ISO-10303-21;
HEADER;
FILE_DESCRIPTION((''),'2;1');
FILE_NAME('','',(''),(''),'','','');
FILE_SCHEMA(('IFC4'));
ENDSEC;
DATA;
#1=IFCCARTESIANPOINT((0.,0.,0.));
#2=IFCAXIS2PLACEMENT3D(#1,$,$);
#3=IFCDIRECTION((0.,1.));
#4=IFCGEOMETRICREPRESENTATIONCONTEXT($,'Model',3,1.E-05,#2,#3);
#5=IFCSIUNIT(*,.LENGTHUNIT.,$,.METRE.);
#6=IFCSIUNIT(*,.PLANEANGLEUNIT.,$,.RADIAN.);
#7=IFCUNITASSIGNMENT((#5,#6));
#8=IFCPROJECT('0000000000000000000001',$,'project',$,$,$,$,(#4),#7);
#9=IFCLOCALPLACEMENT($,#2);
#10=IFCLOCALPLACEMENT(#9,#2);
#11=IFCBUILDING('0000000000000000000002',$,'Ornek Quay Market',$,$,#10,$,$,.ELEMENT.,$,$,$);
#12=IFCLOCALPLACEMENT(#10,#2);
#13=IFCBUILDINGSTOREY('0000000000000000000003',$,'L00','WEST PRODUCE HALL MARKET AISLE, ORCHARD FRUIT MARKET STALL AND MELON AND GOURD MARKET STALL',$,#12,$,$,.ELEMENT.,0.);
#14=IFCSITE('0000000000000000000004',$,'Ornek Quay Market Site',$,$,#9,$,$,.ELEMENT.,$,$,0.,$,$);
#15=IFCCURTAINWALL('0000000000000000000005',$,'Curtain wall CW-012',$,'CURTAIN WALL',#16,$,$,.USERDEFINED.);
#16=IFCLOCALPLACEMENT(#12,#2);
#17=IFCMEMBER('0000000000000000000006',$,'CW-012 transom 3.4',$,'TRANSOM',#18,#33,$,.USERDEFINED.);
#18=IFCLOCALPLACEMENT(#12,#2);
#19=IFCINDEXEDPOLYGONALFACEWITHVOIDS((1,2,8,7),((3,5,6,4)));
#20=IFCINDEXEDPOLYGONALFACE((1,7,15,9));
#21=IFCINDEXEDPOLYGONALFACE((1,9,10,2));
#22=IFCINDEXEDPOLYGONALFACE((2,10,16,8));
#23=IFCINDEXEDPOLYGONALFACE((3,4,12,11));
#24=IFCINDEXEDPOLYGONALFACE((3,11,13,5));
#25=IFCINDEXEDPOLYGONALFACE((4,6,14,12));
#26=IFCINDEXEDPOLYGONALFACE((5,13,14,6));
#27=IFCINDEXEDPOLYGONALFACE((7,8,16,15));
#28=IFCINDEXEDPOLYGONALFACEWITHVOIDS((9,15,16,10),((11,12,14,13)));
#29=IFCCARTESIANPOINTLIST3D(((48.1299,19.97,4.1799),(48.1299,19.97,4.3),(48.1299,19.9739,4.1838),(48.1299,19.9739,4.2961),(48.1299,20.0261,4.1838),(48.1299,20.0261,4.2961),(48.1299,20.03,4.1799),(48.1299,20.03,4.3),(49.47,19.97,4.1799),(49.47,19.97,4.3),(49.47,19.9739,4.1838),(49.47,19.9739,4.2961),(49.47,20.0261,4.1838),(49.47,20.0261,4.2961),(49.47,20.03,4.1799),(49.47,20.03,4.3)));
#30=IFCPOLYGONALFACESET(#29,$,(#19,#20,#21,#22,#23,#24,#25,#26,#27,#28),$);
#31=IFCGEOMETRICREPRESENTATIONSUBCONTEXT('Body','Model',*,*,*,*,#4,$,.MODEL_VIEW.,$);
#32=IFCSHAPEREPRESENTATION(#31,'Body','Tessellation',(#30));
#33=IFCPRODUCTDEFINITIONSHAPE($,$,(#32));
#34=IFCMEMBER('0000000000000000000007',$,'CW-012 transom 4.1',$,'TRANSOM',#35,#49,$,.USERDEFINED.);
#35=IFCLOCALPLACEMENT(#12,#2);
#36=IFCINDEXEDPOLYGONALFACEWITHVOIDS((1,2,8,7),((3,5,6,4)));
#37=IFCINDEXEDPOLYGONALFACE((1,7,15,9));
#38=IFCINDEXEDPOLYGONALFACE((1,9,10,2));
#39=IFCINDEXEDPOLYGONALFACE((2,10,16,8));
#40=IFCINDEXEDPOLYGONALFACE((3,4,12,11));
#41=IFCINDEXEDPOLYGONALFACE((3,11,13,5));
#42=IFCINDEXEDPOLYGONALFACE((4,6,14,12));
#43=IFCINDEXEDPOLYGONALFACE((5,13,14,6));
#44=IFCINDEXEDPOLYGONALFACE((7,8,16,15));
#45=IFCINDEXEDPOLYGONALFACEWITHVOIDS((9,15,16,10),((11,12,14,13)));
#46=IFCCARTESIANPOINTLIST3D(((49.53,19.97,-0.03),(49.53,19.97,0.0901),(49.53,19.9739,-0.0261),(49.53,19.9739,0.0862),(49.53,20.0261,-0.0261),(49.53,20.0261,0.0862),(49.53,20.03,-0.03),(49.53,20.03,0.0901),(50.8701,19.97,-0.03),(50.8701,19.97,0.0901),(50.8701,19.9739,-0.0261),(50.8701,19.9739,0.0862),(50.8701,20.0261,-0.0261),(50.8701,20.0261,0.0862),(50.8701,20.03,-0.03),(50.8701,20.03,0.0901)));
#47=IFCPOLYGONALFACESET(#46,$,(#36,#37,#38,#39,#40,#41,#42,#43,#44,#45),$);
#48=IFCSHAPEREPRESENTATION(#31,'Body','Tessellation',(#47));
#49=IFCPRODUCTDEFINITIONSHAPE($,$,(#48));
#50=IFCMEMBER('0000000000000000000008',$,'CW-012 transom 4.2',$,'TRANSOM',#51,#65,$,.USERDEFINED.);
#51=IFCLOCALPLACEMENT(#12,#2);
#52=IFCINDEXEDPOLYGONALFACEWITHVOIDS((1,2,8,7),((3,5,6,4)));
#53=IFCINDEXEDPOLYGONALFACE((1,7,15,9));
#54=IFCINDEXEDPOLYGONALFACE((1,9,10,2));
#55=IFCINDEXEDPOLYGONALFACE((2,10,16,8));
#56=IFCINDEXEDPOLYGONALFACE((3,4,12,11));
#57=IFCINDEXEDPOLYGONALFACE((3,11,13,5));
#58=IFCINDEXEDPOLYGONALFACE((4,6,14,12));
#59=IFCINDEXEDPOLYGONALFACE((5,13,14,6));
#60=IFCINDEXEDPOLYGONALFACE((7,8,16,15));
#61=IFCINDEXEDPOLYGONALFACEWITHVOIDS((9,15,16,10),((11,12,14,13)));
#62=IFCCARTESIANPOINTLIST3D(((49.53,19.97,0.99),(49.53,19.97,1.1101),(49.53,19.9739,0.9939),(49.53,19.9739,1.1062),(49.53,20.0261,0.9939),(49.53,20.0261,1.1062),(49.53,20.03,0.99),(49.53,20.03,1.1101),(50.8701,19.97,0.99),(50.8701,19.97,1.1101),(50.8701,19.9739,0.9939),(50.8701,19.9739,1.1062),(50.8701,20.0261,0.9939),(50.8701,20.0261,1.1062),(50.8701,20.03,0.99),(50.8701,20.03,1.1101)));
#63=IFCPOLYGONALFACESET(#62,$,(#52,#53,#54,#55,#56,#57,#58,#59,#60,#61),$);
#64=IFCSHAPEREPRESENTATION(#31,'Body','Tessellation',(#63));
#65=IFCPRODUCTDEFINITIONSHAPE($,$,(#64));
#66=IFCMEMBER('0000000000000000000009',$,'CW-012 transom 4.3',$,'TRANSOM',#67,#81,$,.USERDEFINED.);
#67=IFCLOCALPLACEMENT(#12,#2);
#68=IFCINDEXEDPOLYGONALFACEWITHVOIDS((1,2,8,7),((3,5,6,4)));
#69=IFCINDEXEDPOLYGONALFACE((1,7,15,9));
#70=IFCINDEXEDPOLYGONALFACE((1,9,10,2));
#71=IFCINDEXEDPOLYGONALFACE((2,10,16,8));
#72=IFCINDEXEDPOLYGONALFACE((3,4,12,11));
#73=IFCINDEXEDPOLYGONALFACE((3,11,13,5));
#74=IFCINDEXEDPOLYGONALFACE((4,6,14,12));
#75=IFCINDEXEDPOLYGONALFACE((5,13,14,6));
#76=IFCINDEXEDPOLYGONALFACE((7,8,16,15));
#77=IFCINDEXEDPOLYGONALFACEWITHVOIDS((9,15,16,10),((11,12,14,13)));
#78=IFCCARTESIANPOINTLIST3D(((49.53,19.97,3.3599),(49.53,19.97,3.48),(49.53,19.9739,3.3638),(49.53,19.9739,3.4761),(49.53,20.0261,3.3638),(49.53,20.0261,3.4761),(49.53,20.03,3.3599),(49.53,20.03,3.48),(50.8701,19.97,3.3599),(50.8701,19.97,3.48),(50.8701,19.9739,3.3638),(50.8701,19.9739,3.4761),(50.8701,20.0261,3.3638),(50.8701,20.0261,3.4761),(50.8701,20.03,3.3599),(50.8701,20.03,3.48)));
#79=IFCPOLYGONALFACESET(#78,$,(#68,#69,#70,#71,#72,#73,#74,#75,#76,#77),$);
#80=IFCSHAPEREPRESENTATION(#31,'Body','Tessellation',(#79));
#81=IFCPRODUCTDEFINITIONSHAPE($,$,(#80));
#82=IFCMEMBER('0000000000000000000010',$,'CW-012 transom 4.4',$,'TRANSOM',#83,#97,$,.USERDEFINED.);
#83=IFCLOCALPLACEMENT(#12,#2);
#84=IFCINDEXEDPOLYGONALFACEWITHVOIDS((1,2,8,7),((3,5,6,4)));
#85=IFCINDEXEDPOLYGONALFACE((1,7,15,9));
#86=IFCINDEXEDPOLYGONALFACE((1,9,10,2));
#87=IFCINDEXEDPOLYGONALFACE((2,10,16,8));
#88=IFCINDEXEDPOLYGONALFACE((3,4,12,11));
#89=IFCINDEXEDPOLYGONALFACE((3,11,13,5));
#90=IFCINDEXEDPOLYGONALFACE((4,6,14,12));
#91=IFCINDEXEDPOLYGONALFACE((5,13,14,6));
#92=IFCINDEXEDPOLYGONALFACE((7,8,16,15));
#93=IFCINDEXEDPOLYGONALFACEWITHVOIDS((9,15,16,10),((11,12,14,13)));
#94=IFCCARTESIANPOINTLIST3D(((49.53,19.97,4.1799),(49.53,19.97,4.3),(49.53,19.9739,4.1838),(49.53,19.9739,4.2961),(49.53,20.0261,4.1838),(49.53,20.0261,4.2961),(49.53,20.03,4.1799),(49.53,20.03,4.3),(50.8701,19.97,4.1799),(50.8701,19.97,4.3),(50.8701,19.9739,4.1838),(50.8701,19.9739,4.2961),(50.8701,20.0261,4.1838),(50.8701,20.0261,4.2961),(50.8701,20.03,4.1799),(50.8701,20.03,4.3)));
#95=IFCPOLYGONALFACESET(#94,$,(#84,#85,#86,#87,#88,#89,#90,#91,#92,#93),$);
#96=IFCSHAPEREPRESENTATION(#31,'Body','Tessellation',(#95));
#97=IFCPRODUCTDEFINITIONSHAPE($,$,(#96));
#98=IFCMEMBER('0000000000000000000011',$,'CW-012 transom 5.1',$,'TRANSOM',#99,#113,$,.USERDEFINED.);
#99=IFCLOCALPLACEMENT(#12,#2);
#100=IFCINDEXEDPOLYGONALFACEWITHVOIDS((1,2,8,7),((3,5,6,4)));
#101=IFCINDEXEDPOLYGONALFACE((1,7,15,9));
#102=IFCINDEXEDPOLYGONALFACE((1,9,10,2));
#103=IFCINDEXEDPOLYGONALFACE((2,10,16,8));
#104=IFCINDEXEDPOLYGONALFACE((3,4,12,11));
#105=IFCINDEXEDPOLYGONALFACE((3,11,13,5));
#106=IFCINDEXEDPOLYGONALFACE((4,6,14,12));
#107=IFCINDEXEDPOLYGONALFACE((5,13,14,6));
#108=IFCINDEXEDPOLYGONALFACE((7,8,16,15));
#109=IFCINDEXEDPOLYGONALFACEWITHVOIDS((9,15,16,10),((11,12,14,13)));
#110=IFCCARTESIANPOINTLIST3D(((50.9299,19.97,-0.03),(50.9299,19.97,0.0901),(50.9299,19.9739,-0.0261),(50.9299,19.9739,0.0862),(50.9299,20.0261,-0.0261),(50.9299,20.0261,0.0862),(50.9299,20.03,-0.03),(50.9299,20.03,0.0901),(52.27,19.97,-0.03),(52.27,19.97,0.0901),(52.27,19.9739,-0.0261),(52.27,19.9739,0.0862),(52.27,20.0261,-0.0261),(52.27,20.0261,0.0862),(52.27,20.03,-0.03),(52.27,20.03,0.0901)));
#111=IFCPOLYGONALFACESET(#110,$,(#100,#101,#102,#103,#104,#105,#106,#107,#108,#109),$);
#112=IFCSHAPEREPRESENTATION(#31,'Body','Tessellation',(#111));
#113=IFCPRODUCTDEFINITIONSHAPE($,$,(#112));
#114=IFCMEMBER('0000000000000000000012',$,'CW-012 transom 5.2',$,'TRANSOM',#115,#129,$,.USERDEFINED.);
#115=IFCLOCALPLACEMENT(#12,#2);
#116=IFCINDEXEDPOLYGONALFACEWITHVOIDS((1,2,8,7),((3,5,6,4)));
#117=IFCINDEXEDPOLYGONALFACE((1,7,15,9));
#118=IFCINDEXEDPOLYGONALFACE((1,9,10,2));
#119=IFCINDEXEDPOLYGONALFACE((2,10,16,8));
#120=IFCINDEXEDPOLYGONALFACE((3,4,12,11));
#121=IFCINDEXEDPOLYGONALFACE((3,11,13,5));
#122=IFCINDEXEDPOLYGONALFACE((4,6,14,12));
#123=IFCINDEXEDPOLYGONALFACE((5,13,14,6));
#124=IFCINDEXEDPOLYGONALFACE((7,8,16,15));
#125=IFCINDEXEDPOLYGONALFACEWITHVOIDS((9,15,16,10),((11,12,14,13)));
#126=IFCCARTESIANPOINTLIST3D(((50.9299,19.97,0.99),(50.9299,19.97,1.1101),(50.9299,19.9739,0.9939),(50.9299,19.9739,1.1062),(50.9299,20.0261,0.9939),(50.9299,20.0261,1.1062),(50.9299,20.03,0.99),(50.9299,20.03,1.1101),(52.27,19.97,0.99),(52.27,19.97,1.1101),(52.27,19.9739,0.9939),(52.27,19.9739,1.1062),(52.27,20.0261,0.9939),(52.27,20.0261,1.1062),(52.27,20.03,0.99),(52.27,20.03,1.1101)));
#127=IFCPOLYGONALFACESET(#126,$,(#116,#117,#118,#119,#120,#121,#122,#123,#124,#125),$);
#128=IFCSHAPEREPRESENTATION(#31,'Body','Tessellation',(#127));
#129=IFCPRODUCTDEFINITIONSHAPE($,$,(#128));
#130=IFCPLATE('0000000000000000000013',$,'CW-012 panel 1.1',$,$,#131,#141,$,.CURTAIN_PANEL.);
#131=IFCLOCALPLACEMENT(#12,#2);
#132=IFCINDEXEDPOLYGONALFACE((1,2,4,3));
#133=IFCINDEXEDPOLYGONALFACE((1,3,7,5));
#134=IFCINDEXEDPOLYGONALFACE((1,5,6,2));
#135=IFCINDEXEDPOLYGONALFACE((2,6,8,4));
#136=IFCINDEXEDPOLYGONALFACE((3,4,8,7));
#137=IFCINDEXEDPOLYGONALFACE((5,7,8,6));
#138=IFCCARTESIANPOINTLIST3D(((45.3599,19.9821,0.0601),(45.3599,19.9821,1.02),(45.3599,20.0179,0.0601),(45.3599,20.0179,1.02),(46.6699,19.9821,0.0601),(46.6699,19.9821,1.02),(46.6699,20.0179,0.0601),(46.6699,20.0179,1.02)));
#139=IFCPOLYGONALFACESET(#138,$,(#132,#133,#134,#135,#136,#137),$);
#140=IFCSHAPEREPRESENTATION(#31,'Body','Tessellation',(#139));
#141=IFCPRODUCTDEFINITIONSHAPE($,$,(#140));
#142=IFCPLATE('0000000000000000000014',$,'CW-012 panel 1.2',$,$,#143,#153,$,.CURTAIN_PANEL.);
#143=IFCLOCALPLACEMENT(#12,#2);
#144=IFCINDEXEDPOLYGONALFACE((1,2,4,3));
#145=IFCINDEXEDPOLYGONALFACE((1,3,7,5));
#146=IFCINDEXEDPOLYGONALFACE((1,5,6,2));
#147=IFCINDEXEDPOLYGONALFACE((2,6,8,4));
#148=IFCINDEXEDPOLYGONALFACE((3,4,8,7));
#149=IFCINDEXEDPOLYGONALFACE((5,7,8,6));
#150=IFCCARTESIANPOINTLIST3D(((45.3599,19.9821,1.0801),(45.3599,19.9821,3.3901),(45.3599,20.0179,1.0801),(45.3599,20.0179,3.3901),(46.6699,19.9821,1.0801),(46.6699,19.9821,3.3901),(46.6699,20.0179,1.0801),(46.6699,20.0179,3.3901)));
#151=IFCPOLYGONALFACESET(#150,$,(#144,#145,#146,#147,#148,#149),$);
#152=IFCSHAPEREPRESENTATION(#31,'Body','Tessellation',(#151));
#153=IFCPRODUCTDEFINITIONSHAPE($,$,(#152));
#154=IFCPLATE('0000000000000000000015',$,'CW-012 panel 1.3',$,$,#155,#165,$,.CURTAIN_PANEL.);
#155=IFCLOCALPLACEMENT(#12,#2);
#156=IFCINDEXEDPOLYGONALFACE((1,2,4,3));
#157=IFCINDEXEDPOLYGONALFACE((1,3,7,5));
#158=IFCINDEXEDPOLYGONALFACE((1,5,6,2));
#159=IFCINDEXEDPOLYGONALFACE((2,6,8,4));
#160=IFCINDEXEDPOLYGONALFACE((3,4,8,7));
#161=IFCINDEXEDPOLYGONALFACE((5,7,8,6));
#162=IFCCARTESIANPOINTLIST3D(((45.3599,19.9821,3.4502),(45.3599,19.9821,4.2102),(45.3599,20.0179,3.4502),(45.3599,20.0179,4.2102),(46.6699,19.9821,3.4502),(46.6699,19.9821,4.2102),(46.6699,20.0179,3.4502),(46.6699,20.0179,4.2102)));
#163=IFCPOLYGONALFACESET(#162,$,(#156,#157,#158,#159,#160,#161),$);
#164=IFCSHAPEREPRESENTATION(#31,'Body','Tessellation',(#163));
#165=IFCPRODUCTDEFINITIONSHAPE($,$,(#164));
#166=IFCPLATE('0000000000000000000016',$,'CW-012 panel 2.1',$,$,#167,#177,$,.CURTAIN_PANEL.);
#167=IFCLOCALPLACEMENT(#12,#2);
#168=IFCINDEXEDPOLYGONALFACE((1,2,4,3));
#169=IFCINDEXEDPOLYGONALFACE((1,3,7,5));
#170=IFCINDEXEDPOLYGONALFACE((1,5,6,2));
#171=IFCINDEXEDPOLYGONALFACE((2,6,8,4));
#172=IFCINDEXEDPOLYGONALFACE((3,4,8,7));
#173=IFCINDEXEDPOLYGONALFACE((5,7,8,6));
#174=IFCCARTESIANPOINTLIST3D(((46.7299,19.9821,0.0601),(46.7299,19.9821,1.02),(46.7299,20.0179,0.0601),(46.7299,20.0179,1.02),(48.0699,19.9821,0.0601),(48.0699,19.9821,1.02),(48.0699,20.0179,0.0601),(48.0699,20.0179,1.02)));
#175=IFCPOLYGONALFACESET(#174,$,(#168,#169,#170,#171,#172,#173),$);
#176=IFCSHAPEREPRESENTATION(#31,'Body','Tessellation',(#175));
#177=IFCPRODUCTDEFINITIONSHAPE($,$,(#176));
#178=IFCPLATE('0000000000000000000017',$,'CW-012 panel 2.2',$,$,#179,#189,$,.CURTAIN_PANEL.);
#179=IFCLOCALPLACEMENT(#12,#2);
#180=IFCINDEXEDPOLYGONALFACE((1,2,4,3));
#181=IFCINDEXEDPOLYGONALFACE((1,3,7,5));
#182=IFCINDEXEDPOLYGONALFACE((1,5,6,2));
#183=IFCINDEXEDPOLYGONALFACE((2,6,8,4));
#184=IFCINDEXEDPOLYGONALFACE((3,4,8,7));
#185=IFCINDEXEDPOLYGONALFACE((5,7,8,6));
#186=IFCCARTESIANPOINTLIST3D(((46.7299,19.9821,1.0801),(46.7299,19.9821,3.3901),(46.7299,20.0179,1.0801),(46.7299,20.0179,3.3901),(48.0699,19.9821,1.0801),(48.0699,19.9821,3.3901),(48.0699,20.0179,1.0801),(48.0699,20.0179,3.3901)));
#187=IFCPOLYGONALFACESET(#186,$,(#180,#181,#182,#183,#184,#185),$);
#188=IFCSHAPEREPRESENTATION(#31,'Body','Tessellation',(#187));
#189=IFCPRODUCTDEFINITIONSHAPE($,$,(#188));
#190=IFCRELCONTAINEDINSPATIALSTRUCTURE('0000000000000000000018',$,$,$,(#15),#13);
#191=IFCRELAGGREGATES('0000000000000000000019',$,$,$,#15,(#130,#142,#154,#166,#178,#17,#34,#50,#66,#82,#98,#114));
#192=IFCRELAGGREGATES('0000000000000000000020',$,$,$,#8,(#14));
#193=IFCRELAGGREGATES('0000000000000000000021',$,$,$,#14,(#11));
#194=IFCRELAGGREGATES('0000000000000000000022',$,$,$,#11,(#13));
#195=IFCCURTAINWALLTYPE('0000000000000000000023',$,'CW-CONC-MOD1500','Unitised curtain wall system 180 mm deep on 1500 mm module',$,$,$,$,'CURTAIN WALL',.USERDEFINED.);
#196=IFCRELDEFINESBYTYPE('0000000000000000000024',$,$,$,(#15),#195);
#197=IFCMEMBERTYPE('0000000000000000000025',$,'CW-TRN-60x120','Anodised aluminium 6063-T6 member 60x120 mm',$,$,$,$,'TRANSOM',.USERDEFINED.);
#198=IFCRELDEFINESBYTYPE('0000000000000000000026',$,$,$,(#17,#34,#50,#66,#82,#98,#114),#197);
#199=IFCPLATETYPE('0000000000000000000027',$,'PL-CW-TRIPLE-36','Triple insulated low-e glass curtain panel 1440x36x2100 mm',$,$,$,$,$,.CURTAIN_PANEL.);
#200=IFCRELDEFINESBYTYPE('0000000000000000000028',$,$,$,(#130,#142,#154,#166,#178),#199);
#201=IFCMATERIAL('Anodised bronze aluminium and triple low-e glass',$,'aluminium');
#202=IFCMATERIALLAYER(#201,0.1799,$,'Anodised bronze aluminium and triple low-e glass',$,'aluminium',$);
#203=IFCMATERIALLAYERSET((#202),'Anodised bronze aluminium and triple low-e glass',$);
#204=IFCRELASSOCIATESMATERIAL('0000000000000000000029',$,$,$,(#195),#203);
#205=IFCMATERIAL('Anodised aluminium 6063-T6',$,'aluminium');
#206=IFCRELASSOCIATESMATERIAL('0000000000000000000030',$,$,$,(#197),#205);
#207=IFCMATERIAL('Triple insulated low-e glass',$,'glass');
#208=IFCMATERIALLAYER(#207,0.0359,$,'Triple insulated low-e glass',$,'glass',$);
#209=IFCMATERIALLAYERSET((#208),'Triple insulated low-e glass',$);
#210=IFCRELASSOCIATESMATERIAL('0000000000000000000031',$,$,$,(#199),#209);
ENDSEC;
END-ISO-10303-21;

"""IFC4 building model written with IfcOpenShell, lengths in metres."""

from ifc_helpers import new_model, si_unit, direction, frame, origin, origin_2d, place, context, subcontext, project, spatial, rectangle, hollow_rectangle, extrude, material, layer, layer_set, material_profile, profile_set, type_object, element, aggregate, save


model = new_model("IFC4")

# Units and contexts
model_context = context("Model", 3, precision=1e-05, world=origin(), true_north=direction((0.0, 1.0)))
body_context = subcontext(model_context, "Body", "Model", "MODEL_VIEW")
ifc_project = project(units=[si_unit("LENGTHUNIT", "METRE"), si_unit("PLANEANGLEUNIT", "RADIAN")], contexts=[model_context])

# Site, building, storey
site_placement = place(None, origin())
site = spatial("IfcSite", under=ifc_project, at=site_placement, Name="Ornek Quay Market Site", CompositionType="ELEMENT", RefElevation=0.0)
building_placement = place(site_placement, origin())
building = spatial("IfcBuilding", under=site, at=building_placement, Name="Ornek Quay Market", CompositionType="ELEMENT")
storey_placement = place(building_placement, origin())
storey = spatial("IfcBuildingStorey", under=building, at=storey_placement, Name="L00", Description="WEST PRODUCE HALL MARKET AISLE, ORCHARD FRUIT MARKET STALL AND MELON AND GOURD MARKET STALL", CompositionType="ELEMENT", Elevation=0.0)

# Curtain wall, members, plates
ifc_material_1 = material(Name="Anodised bronze aluminium and triple low-e glass", Category="aluminium")
ifc_layer_1 = layer(ifc_material_1, 0.1799, Name="Anodised bronze aluminium and triple low-e glass", Category="aluminium")
ifc_layer_set_1 = layer_set([ifc_layer_1], Name="Anodised bronze aluminium and triple low-e glass")
curtain_wall_type = type_object("IfcCurtainWallType", Name="CW-CONC-MOD1500", Description="Unitised curtain wall system 180 mm deep on 1500 mm module", ElementType="CURTAIN WALL", PredefinedType="USERDEFINED", material=ifc_layer_set_1)
curtain_wall_placement = place(storey_placement, origin())
curtain_wall = element("IfcCurtainWall", 1, at=curtain_wall_placement, inside=storey, type_object=curtain_wall_type, Name="Curtain wall CW-012", ObjectType="CURTAIN WALL", PredefinedType="USERDEFINED")
ifc_material_2 = material(Name="Anodised aluminium 6063-T6", Category="aluminium")
ifc_material_profile_1 = material_profile(ifc_material_2, hollow_rectangle(XDim=0.0601, YDim=0.1201, WallThickness=0.0039, at=origin_2d()), Name="CW-TRN-60x120", Category="aluminium")
ifc_profile_set_1 = profile_set([ifc_material_profile_1], Name="Anodised aluminium 6063-T6")
member_type_1 = type_object("IfcMemberType", Name="CW-TRN-60x120", Description="Anodised aluminium 6063-T6 member 60x120 mm", ElementType="TRANSOM", PredefinedType="USERDEFINED", material=ifc_profile_set_1)
member_1_placement = place(storey_placement, frame((48.1299, 20.0, 4.24), z_axis=(1.0, 0.0, 0.0), x_axis=(0.0, 1.0, 0.0)))
member_1 = element("IfcMember", 2, at=member_1_placement, type_object=member_type_1, Name="CW-012 transom 3.4", ObjectType="TRANSOM", PredefinedType="USERDEFINED", context=body_context, shape_type="SweptSolid", body=[
    extrude(hollow_rectangle(XDim=0.0601, YDim=0.1201, WallThickness=0.0039, at=origin_2d()), origin(), (0.0, 0.0, 1.0), 1.3401),
])
member_2_placement = place(storey_placement, frame((49.53, 20.0, 0.03), z_axis=(1.0, 0.0, 0.0), x_axis=(0.0, 1.0, 0.0)))
member_2 = element("IfcMember", 3, at=member_2_placement, type_object=member_type_1, Name="CW-012 transom 4.1", ObjectType="TRANSOM", PredefinedType="USERDEFINED", context=body_context, shape_type="SweptSolid", body=[
    extrude(hollow_rectangle(XDim=0.0601, YDim=0.1201, WallThickness=0.0039, at=origin_2d()), origin(), (0.0, 0.0, 1.0), 1.3401),
])
member_3_placement = place(storey_placement, frame((49.53, 20.0, 1.05), z_axis=(1.0, 0.0, 0.0), x_axis=(0.0, 1.0, 0.0)))
member_3 = element("IfcMember", 4, at=member_3_placement, type_object=member_type_1, Name="CW-012 transom 4.2", ObjectType="TRANSOM", PredefinedType="USERDEFINED", context=body_context, shape_type="SweptSolid", body=[
    extrude(hollow_rectangle(XDim=0.0601, YDim=0.1201, WallThickness=0.0039, at=origin_2d()), origin(), (0.0, 0.0, 1.0), 1.3401),
])
member_4_placement = place(storey_placement, frame((49.53, 20.0, 3.4199), z_axis=(1.0, 0.0, 0.0), x_axis=(0.0, 1.0, 0.0)))
member_4 = element("IfcMember", 5, at=member_4_placement, type_object=member_type_1, Name="CW-012 transom 4.3", ObjectType="TRANSOM", PredefinedType="USERDEFINED", context=body_context, shape_type="SweptSolid", body=[
    extrude(hollow_rectangle(XDim=0.0601, YDim=0.1201, WallThickness=0.0039, at=origin_2d()), origin(), (0.0, 0.0, 1.0), 1.3401),
])
member_5_placement = place(storey_placement, frame((49.53, 20.0, 4.24), z_axis=(1.0, 0.0, 0.0), x_axis=(0.0, 1.0, 0.0)))
member_5 = element("IfcMember", 6, at=member_5_placement, type_object=member_type_1, Name="CW-012 transom 4.4", ObjectType="TRANSOM", PredefinedType="USERDEFINED", context=body_context, shape_type="SweptSolid", body=[
    extrude(hollow_rectangle(XDim=0.0601, YDim=0.1201, WallThickness=0.0039, at=origin_2d()), origin(), (0.0, 0.0, 1.0), 1.3401),
])
member_6_placement = place(storey_placement, frame((50.9299, 20.0, 0.03), z_axis=(1.0, 0.0, 0.0), x_axis=(0.0, 1.0, 0.0)))
member_6 = element("IfcMember", 7, at=member_6_placement, type_object=member_type_1, Name="CW-012 transom 5.1", ObjectType="TRANSOM", PredefinedType="USERDEFINED", context=body_context, shape_type="SweptSolid", body=[
    extrude(hollow_rectangle(XDim=0.0601, YDim=0.1201, WallThickness=0.0039, at=origin_2d()), origin(), (0.0, 0.0, 1.0), 1.3401),
])
member_7_placement = place(storey_placement, frame((50.9299, 20.0, 1.05), z_axis=(1.0, 0.0, 0.0), x_axis=(0.0, 1.0, 0.0)))
member_7 = element("IfcMember", 8, at=member_7_placement, type_object=member_type_1, Name="CW-012 transom 5.2", ObjectType="TRANSOM", PredefinedType="USERDEFINED", context=body_context, shape_type="SweptSolid", body=[
    extrude(hollow_rectangle(XDim=0.0601, YDim=0.1201, WallThickness=0.0039, at=origin_2d()), origin(), (0.0, 0.0, 1.0), 1.3401),
])
ifc_material_3 = material(Name="Triple insulated low-e glass", Category="glass")
ifc_layer_2 = layer(ifc_material_3, 0.0359, Name="Triple insulated low-e glass", Category="glass")
ifc_layer_set_2 = layer_set([ifc_layer_2], Name="Triple insulated low-e glass")
plate_type = type_object("IfcPlateType", Name="PL-CW-TRIPLE-36", Description="Triple insulated low-e glass curtain panel 1440x36x2100 mm", PredefinedType="CURTAIN_PANEL", material=ifc_layer_set_2)
plate_1_placement = place(storey_placement, frame((46.0149, 20.0, 0.0601), z_axis=(0.0, 0.0, 1.0), x_axis=(1.0, 0.0, 0.0)))
plate_1 = element("IfcPlate", 9, at=plate_1_placement, type_object=plate_type, Name="CW-012 panel 1.1", PredefinedType="CURTAIN_PANEL", context=body_context, shape_type="SweptSolid", body=[
    extrude(rectangle(XDim=1.3101, YDim=0.0359, at=origin_2d()), origin(), (0.0, 0.0, 1.0), 0.96),
])
plate_2_placement = place(storey_placement, frame((46.0149, 20.0, 1.0801), z_axis=(0.0, 0.0, 1.0), x_axis=(1.0, 0.0, 0.0)))
plate_2 = element("IfcPlate", 10, at=plate_2_placement, type_object=plate_type, Name="CW-012 panel 1.2", PredefinedType="CURTAIN_PANEL", context=body_context, shape_type="SweptSolid", body=[
    extrude(rectangle(XDim=1.3101, YDim=0.0359, at=origin_2d()), origin(), (0.0, 0.0, 1.0), 2.3101),
])
plate_3_placement = place(storey_placement, frame((46.0149, 20.0, 3.4502), z_axis=(0.0, 0.0, 1.0), x_axis=(1.0, 0.0, 0.0)))
plate_3 = element("IfcPlate", 11, at=plate_3_placement, type_object=plate_type, Name="CW-012 panel 1.3", PredefinedType="CURTAIN_PANEL", context=body_context, shape_type="SweptSolid", body=[
    extrude(rectangle(XDim=1.3101, YDim=0.0359, at=origin_2d()), origin(), (0.0, 0.0, 1.0), 0.76),
])
plate_4_placement = place(storey_placement, frame((47.3999, 20.0, 0.0601), z_axis=(0.0, 0.0, 1.0), x_axis=(1.0, 0.0, 0.0)))
plate_4 = element("IfcPlate", 12, at=plate_4_placement, type_object=plate_type, Name="CW-012 panel 2.1", PredefinedType="CURTAIN_PANEL", context=body_context, shape_type="SweptSolid", body=[
    extrude(rectangle(XDim=1.3401, YDim=0.0359, at=origin_2d()), origin(), (0.0, 0.0, 1.0), 0.96),
])
plate_5_placement = place(storey_placement, frame((47.3999, 20.0, 1.0801), z_axis=(0.0, 0.0, 1.0), x_axis=(1.0, 0.0, 0.0)))
plate_5 = element("IfcPlate", 13, at=plate_5_placement, type_object=plate_type, Name="CW-012 panel 2.2", PredefinedType="CURTAIN_PANEL", context=body_context, shape_type="SweptSolid", body=[
    extrude(rectangle(XDim=1.3401, YDim=0.0359, at=origin_2d()), origin(), (0.0, 0.0, 1.0), 2.3101),
])
aggregate(curtain_wall, [plate_1, plate_2, plate_3, plate_4, plate_5, member_1, member_2, member_3, member_4, member_5, member_6, member_7])

save(model, "model.ifc")
